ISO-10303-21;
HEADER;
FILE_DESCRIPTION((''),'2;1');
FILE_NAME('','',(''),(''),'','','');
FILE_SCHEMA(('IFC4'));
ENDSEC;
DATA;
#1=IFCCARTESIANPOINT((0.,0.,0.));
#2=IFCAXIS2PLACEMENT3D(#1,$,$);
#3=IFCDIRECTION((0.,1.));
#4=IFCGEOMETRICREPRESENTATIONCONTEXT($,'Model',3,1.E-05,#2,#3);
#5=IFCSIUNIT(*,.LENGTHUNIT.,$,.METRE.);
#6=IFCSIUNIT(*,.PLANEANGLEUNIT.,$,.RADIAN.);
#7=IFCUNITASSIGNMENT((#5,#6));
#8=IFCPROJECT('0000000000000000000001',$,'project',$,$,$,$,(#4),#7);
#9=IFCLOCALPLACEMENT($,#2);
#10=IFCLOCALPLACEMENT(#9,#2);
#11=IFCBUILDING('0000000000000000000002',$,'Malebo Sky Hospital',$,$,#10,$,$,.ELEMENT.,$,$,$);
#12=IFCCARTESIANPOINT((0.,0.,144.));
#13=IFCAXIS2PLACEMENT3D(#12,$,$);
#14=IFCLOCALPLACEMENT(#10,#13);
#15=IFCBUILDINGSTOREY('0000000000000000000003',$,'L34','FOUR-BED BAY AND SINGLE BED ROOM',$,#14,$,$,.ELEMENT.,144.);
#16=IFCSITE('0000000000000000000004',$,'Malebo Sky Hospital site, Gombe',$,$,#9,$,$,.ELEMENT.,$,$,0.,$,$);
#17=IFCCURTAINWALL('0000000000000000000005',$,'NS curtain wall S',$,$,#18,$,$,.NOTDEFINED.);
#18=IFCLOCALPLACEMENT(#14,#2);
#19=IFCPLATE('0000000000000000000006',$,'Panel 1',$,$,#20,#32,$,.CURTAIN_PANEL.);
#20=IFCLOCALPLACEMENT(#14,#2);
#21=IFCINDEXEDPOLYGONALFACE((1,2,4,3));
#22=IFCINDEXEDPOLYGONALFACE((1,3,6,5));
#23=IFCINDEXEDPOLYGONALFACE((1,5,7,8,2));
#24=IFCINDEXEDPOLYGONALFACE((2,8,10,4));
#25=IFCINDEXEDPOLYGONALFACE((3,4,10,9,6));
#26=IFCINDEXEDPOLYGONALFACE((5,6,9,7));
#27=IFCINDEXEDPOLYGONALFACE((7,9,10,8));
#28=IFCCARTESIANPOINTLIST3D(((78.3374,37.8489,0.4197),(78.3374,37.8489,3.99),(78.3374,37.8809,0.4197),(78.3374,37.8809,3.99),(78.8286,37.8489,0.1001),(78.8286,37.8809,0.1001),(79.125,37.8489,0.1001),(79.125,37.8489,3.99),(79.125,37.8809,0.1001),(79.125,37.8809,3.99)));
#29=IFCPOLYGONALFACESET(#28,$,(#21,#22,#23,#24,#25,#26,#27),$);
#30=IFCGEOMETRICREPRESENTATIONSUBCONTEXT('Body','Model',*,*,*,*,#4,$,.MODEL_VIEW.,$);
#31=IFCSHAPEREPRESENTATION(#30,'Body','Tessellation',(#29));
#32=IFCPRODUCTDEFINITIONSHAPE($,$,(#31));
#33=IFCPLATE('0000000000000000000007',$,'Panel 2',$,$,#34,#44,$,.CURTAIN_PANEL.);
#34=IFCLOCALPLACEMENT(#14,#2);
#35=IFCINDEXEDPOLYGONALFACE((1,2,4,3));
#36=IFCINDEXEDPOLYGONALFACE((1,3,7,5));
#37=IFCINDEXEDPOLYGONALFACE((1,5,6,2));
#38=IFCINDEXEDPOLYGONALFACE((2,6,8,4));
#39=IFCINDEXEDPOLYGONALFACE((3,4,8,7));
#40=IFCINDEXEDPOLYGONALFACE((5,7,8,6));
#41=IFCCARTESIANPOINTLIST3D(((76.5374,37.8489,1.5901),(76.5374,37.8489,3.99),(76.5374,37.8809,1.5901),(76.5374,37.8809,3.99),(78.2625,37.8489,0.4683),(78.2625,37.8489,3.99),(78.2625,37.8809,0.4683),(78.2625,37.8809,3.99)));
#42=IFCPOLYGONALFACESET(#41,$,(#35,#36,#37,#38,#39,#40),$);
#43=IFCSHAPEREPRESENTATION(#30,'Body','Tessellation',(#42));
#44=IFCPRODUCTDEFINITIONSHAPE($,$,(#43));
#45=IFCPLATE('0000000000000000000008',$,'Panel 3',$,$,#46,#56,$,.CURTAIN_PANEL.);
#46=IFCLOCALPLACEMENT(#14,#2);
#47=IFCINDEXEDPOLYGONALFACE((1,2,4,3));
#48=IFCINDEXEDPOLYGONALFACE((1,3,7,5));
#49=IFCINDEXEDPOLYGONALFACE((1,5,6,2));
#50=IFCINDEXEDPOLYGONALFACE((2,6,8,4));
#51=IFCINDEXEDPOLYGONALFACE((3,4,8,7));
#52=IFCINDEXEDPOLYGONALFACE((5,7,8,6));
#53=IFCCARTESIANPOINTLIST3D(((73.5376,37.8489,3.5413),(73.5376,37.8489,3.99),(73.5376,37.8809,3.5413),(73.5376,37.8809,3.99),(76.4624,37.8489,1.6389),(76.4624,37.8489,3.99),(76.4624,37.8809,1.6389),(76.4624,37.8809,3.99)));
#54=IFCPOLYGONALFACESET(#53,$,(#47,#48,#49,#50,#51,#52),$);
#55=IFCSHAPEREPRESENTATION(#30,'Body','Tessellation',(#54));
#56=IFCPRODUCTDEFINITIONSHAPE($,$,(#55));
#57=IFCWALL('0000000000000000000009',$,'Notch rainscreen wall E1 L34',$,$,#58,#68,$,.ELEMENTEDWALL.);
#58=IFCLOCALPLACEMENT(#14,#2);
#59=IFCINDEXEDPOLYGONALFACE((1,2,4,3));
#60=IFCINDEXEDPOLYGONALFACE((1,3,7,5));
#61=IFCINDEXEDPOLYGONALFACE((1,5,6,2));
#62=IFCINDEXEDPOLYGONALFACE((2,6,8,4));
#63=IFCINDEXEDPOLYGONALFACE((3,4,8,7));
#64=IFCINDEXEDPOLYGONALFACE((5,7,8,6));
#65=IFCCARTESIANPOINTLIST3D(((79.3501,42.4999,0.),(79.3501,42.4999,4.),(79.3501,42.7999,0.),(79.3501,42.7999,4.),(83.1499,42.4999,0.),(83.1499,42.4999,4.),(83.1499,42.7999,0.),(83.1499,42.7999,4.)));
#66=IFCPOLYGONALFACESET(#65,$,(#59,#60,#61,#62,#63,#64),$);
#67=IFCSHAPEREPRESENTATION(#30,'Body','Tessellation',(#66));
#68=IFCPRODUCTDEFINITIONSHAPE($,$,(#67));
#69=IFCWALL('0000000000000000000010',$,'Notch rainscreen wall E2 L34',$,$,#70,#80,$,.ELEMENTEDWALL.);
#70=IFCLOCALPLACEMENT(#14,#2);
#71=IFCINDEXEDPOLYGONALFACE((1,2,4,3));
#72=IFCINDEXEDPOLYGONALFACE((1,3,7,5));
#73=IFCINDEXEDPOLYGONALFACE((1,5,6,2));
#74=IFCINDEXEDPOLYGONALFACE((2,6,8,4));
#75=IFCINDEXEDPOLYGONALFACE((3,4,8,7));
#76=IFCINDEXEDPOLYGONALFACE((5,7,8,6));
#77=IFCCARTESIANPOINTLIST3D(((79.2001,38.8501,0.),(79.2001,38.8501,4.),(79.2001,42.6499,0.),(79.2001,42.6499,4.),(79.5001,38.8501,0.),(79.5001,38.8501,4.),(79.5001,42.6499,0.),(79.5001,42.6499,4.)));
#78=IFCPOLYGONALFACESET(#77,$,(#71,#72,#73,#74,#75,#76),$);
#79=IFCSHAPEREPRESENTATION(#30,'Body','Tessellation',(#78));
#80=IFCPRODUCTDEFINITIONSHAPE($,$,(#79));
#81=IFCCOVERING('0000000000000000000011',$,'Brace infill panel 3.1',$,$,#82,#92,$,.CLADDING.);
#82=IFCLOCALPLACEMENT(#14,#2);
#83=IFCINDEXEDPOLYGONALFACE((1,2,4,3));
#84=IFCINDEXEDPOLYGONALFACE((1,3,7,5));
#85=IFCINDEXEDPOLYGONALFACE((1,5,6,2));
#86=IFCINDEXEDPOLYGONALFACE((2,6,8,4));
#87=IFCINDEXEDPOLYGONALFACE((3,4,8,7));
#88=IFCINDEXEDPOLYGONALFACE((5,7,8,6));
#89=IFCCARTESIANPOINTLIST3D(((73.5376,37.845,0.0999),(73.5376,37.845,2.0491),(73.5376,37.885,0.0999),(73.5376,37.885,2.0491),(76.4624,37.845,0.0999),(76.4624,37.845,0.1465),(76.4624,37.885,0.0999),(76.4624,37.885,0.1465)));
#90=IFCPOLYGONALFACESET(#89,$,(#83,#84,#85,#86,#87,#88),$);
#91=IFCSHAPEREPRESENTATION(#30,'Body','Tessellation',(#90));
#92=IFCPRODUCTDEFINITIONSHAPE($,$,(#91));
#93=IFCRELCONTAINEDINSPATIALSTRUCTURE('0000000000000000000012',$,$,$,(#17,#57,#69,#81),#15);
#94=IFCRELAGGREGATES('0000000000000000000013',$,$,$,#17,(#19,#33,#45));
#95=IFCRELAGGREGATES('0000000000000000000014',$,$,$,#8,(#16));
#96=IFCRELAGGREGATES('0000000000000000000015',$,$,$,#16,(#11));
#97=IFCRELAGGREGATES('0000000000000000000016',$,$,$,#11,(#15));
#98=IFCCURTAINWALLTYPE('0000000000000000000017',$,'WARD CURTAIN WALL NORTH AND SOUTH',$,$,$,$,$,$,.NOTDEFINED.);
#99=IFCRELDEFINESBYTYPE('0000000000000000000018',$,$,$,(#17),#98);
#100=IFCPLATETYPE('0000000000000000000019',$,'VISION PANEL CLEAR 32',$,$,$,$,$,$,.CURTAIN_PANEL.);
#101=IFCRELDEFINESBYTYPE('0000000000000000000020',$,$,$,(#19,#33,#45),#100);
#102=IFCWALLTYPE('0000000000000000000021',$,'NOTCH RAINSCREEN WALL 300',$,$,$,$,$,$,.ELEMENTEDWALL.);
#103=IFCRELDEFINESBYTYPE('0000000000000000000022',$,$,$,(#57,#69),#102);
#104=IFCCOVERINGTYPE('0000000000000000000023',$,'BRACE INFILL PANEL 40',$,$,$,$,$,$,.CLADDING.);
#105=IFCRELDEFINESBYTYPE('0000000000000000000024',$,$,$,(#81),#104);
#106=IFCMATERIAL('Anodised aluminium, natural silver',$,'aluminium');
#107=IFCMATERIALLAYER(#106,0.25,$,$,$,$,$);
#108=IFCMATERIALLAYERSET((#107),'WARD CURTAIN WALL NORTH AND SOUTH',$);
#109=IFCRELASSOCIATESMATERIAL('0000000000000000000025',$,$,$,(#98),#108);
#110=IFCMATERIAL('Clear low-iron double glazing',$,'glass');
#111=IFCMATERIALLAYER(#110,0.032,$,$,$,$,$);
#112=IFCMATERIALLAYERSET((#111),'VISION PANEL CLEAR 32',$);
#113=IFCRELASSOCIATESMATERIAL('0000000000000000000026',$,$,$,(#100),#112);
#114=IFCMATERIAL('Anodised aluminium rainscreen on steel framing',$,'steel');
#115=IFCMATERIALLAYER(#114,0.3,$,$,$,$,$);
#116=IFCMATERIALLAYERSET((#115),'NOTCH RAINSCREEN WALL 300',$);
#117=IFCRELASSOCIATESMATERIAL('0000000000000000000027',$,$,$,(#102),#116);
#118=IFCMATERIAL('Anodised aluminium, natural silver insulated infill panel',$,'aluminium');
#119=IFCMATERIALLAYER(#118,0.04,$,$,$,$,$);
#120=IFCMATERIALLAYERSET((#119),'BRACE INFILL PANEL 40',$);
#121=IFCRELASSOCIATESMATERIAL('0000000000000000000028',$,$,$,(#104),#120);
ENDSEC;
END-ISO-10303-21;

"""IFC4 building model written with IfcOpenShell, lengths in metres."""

from ifc_helpers import new_model, si_unit, direction, frame, frame_2d, origin, place, context, subcontext, project, spatial, polyline, rectangle, outline, extrude, material, layer, layer_set, type_object, element, aggregate, save


model = new_model("IFC4")

# Units and contexts
model_context = context("Model", 3, precision=1e-05, world=origin(), true_north=direction((0.0, 1.0)))
body_context = subcontext(model_context, "Body", "Model", "MODEL_VIEW")
ifc_project = project(units=[si_unit("LENGTHUNIT", "METRE"), si_unit("PLANEANGLEUNIT", "RADIAN")], contexts=[model_context])

# Site, building, storey
site_placement = place(None, origin())
site = spatial("IfcSite", under=ifc_project, at=site_placement, Name="Malebo Sky Hospital site, Gombe", CompositionType="ELEMENT", RefElevation=0.0)
building_placement = place(site_placement, origin())
building = spatial("IfcBuilding", under=site, at=building_placement, Name="Malebo Sky Hospital", CompositionType="ELEMENT")
storey_placement = place(building_placement, frame((0.0, 0.0, 144.0)))
storey = spatial("IfcBuildingStorey", under=building, at=storey_placement, Name="L34", Description="FOUR-BED BAY AND SINGLE BED ROOM", CompositionType="ELEMENT", Elevation=144.0)

# Curtain wall
ifc_material_1 = material(Name="Anodised aluminium, natural silver", Category="aluminium")
ifc_layer_1 = layer(ifc_material_1, 0.25)
ifc_layer_set_1 = layer_set([ifc_layer_1], Name="WARD CURTAIN WALL NORTH AND SOUTH")
curtain_wall_type = type_object("IfcCurtainWallType", Name="WARD CURTAIN WALL NORTH AND SOUTH", PredefinedType="NOTDEFINED", material=ifc_layer_set_1)
curtain_wall_placement = place(storey_placement, origin())
curtain_wall = element("IfcCurtainWall", 1, at=curtain_wall_placement, inside=storey, type_object=curtain_wall_type, Name="NS curtain wall S", PredefinedType="NOTDEFINED")

# Plates
ifc_material_2 = material(Name="Clear low-iron double glazing", Category="glass")
ifc_layer_2 = layer(ifc_material_2, 0.032)
ifc_layer_set_2 = layer_set([ifc_layer_2], Name="VISION PANEL CLEAR 32")
plate_type = type_object("IfcPlateType", Name="VISION PANEL CLEAR 32", PredefinedType="CURTAIN_PANEL", material=ifc_layer_set_2)
plate_1_placement = place(storey_placement, frame((78.7312, 37.865, 0.1001), z_axis=(0.0, 0.0, 1.0), x_axis=(-1.0, 0.0, 0.0)))
plate_1 = element("IfcPlate", 2, at=plate_1_placement, type_object=plate_type, Name="Panel 1", PredefinedType="CURTAIN_PANEL", context=body_context, shape_type="SweptSolid", body=[
    extrude(outline(polyline([(-0.3938, 0.0), (-0.0974, 0.0), (0.3938, 0.3196), (0.3938, 3.8899), (-0.3938, 3.8899), (-0.3938, 0.0)])), frame((0.0, 0.0161, 0.0), z_axis=(0.0, -1.0, 0.0), x_axis=(1.0, 0.0, 0.0)), (0.0, 0.0, 1.0), 0.032),
])
plate_2_placement = place(storey_placement, frame((77.3999, 37.865, 0.4683), z_axis=(0.0, 0.0, 1.0), x_axis=(-1.0, 0.0, 0.0)))
plate_2 = element("IfcPlate", 3, at=plate_2_placement, type_object=plate_type, Name="Panel 2", PredefinedType="CURTAIN_PANEL", context=body_context, shape_type="SweptSolid", body=[
    extrude(outline(polyline([(-0.8625, 0.0), (0.8625, 1.1218), (0.8625, 3.5217), (-0.8625, 3.5217), (-0.8625, 0.0)])), frame((0.0, 0.0161, 0.0), z_axis=(0.0, -1.0, 0.0), x_axis=(1.0, 0.0, 0.0)), (0.0, 0.0, 1.0), 0.032),
])
plate_3_placement = place(storey_placement, frame((75.0, 37.865, 1.6389), z_axis=(0.0, 0.0, 1.0), x_axis=(-1.0, 0.0, 0.0)))
plate_3 = element("IfcPlate", 4, at=plate_3_placement, type_object=plate_type, Name="Panel 3", PredefinedType="CURTAIN_PANEL", context=body_context, shape_type="SweptSolid", body=[
    extrude(outline(polyline([(-1.4624, 0.0), (1.4624, 1.9023), (1.4624, 2.3511), (-1.4624, 2.3511), (-1.4624, 0.0)])), frame((0.0, 0.0161, 0.0), z_axis=(0.0, -1.0, 0.0), x_axis=(1.0, 0.0, 0.0)), (0.0, 0.0, 1.0), 0.032),
])
aggregate(curtain_wall, [plate_1, plate_2, plate_3])

# Walls
ifc_material_3 = material(Name="Anodised aluminium rainscreen on steel framing", Category="steel")
ifc_layer_3 = layer(ifc_material_3, 0.3)
ifc_layer_set_3 = layer_set([ifc_layer_3], Name="NOTCH RAINSCREEN WALL 300")
wall_type = type_object("IfcWallType", Name="NOTCH RAINSCREEN WALL 300", PredefinedType="ELEMENTEDWALL", material=ifc_layer_set_3)
for number, where, z_axis, x_axis, name in (
    (5, (83.1499, 42.6499, 0.0), (0.0, 0.0, 1.0), (-1.0, 0.0, 0.0), "Notch rainscreen wall E1 L34"),
    (6, (79.3501, 42.6499, 0.0), (0.0, 0.0, 1.0), (0.0, -1.0, 0.0), "Notch rainscreen wall E2 L34"),
):
    element("IfcWall", number, at=place(storey_placement, frame(where, z_axis=z_axis, x_axis=x_axis)), inside=storey, type_object=wall_type, Name=name, PredefinedType="ELEMENTEDWALL", context=body_context, shape_type="SweptSolid", body=[
        extrude(rectangle(XDim=3.7998, YDim=0.3, at=frame_2d((1.8999, 0.0))), origin(), (0.0, 0.0, 1.0), 4.0),
    ])

# Covering
ifc_material_4 = material(Name="Anodised aluminium, natural silver insulated infill panel", Category="aluminium")
ifc_layer_4 = layer(ifc_material_4, 0.04)
ifc_layer_set_4 = layer_set([ifc_layer_4], Name="BRACE INFILL PANEL 40")
covering_type = type_object("IfcCoveringType", Name="BRACE INFILL PANEL 40", PredefinedType="CLADDING", material=ifc_layer_set_4)
covering_placement = place(storey_placement, frame((75.0, 37.865, 0.0999), z_axis=(0.0, 0.0, 1.0), x_axis=(-1.0, 0.0, 0.0)))
element("IfcCovering", 7, at=covering_placement, inside=storey, type_object=covering_type, Name="Brace infill panel 3.1", PredefinedType="CLADDING", context=body_context, shape_type="SweptSolid", body=[
    extrude(outline(polyline([(-1.4624, 0.0), (1.4624, 0.0), (1.4624, 1.9492), (-1.4624, 0.0466), (-1.4624, 0.0)])), frame((0.0, 0.02, 0.0), z_axis=(0.0, -1.0, 0.0), x_axis=(1.0, 0.0, 0.0)), (0.0, 0.0, 1.0), 0.04),
])

save(model, "model.ifc")
